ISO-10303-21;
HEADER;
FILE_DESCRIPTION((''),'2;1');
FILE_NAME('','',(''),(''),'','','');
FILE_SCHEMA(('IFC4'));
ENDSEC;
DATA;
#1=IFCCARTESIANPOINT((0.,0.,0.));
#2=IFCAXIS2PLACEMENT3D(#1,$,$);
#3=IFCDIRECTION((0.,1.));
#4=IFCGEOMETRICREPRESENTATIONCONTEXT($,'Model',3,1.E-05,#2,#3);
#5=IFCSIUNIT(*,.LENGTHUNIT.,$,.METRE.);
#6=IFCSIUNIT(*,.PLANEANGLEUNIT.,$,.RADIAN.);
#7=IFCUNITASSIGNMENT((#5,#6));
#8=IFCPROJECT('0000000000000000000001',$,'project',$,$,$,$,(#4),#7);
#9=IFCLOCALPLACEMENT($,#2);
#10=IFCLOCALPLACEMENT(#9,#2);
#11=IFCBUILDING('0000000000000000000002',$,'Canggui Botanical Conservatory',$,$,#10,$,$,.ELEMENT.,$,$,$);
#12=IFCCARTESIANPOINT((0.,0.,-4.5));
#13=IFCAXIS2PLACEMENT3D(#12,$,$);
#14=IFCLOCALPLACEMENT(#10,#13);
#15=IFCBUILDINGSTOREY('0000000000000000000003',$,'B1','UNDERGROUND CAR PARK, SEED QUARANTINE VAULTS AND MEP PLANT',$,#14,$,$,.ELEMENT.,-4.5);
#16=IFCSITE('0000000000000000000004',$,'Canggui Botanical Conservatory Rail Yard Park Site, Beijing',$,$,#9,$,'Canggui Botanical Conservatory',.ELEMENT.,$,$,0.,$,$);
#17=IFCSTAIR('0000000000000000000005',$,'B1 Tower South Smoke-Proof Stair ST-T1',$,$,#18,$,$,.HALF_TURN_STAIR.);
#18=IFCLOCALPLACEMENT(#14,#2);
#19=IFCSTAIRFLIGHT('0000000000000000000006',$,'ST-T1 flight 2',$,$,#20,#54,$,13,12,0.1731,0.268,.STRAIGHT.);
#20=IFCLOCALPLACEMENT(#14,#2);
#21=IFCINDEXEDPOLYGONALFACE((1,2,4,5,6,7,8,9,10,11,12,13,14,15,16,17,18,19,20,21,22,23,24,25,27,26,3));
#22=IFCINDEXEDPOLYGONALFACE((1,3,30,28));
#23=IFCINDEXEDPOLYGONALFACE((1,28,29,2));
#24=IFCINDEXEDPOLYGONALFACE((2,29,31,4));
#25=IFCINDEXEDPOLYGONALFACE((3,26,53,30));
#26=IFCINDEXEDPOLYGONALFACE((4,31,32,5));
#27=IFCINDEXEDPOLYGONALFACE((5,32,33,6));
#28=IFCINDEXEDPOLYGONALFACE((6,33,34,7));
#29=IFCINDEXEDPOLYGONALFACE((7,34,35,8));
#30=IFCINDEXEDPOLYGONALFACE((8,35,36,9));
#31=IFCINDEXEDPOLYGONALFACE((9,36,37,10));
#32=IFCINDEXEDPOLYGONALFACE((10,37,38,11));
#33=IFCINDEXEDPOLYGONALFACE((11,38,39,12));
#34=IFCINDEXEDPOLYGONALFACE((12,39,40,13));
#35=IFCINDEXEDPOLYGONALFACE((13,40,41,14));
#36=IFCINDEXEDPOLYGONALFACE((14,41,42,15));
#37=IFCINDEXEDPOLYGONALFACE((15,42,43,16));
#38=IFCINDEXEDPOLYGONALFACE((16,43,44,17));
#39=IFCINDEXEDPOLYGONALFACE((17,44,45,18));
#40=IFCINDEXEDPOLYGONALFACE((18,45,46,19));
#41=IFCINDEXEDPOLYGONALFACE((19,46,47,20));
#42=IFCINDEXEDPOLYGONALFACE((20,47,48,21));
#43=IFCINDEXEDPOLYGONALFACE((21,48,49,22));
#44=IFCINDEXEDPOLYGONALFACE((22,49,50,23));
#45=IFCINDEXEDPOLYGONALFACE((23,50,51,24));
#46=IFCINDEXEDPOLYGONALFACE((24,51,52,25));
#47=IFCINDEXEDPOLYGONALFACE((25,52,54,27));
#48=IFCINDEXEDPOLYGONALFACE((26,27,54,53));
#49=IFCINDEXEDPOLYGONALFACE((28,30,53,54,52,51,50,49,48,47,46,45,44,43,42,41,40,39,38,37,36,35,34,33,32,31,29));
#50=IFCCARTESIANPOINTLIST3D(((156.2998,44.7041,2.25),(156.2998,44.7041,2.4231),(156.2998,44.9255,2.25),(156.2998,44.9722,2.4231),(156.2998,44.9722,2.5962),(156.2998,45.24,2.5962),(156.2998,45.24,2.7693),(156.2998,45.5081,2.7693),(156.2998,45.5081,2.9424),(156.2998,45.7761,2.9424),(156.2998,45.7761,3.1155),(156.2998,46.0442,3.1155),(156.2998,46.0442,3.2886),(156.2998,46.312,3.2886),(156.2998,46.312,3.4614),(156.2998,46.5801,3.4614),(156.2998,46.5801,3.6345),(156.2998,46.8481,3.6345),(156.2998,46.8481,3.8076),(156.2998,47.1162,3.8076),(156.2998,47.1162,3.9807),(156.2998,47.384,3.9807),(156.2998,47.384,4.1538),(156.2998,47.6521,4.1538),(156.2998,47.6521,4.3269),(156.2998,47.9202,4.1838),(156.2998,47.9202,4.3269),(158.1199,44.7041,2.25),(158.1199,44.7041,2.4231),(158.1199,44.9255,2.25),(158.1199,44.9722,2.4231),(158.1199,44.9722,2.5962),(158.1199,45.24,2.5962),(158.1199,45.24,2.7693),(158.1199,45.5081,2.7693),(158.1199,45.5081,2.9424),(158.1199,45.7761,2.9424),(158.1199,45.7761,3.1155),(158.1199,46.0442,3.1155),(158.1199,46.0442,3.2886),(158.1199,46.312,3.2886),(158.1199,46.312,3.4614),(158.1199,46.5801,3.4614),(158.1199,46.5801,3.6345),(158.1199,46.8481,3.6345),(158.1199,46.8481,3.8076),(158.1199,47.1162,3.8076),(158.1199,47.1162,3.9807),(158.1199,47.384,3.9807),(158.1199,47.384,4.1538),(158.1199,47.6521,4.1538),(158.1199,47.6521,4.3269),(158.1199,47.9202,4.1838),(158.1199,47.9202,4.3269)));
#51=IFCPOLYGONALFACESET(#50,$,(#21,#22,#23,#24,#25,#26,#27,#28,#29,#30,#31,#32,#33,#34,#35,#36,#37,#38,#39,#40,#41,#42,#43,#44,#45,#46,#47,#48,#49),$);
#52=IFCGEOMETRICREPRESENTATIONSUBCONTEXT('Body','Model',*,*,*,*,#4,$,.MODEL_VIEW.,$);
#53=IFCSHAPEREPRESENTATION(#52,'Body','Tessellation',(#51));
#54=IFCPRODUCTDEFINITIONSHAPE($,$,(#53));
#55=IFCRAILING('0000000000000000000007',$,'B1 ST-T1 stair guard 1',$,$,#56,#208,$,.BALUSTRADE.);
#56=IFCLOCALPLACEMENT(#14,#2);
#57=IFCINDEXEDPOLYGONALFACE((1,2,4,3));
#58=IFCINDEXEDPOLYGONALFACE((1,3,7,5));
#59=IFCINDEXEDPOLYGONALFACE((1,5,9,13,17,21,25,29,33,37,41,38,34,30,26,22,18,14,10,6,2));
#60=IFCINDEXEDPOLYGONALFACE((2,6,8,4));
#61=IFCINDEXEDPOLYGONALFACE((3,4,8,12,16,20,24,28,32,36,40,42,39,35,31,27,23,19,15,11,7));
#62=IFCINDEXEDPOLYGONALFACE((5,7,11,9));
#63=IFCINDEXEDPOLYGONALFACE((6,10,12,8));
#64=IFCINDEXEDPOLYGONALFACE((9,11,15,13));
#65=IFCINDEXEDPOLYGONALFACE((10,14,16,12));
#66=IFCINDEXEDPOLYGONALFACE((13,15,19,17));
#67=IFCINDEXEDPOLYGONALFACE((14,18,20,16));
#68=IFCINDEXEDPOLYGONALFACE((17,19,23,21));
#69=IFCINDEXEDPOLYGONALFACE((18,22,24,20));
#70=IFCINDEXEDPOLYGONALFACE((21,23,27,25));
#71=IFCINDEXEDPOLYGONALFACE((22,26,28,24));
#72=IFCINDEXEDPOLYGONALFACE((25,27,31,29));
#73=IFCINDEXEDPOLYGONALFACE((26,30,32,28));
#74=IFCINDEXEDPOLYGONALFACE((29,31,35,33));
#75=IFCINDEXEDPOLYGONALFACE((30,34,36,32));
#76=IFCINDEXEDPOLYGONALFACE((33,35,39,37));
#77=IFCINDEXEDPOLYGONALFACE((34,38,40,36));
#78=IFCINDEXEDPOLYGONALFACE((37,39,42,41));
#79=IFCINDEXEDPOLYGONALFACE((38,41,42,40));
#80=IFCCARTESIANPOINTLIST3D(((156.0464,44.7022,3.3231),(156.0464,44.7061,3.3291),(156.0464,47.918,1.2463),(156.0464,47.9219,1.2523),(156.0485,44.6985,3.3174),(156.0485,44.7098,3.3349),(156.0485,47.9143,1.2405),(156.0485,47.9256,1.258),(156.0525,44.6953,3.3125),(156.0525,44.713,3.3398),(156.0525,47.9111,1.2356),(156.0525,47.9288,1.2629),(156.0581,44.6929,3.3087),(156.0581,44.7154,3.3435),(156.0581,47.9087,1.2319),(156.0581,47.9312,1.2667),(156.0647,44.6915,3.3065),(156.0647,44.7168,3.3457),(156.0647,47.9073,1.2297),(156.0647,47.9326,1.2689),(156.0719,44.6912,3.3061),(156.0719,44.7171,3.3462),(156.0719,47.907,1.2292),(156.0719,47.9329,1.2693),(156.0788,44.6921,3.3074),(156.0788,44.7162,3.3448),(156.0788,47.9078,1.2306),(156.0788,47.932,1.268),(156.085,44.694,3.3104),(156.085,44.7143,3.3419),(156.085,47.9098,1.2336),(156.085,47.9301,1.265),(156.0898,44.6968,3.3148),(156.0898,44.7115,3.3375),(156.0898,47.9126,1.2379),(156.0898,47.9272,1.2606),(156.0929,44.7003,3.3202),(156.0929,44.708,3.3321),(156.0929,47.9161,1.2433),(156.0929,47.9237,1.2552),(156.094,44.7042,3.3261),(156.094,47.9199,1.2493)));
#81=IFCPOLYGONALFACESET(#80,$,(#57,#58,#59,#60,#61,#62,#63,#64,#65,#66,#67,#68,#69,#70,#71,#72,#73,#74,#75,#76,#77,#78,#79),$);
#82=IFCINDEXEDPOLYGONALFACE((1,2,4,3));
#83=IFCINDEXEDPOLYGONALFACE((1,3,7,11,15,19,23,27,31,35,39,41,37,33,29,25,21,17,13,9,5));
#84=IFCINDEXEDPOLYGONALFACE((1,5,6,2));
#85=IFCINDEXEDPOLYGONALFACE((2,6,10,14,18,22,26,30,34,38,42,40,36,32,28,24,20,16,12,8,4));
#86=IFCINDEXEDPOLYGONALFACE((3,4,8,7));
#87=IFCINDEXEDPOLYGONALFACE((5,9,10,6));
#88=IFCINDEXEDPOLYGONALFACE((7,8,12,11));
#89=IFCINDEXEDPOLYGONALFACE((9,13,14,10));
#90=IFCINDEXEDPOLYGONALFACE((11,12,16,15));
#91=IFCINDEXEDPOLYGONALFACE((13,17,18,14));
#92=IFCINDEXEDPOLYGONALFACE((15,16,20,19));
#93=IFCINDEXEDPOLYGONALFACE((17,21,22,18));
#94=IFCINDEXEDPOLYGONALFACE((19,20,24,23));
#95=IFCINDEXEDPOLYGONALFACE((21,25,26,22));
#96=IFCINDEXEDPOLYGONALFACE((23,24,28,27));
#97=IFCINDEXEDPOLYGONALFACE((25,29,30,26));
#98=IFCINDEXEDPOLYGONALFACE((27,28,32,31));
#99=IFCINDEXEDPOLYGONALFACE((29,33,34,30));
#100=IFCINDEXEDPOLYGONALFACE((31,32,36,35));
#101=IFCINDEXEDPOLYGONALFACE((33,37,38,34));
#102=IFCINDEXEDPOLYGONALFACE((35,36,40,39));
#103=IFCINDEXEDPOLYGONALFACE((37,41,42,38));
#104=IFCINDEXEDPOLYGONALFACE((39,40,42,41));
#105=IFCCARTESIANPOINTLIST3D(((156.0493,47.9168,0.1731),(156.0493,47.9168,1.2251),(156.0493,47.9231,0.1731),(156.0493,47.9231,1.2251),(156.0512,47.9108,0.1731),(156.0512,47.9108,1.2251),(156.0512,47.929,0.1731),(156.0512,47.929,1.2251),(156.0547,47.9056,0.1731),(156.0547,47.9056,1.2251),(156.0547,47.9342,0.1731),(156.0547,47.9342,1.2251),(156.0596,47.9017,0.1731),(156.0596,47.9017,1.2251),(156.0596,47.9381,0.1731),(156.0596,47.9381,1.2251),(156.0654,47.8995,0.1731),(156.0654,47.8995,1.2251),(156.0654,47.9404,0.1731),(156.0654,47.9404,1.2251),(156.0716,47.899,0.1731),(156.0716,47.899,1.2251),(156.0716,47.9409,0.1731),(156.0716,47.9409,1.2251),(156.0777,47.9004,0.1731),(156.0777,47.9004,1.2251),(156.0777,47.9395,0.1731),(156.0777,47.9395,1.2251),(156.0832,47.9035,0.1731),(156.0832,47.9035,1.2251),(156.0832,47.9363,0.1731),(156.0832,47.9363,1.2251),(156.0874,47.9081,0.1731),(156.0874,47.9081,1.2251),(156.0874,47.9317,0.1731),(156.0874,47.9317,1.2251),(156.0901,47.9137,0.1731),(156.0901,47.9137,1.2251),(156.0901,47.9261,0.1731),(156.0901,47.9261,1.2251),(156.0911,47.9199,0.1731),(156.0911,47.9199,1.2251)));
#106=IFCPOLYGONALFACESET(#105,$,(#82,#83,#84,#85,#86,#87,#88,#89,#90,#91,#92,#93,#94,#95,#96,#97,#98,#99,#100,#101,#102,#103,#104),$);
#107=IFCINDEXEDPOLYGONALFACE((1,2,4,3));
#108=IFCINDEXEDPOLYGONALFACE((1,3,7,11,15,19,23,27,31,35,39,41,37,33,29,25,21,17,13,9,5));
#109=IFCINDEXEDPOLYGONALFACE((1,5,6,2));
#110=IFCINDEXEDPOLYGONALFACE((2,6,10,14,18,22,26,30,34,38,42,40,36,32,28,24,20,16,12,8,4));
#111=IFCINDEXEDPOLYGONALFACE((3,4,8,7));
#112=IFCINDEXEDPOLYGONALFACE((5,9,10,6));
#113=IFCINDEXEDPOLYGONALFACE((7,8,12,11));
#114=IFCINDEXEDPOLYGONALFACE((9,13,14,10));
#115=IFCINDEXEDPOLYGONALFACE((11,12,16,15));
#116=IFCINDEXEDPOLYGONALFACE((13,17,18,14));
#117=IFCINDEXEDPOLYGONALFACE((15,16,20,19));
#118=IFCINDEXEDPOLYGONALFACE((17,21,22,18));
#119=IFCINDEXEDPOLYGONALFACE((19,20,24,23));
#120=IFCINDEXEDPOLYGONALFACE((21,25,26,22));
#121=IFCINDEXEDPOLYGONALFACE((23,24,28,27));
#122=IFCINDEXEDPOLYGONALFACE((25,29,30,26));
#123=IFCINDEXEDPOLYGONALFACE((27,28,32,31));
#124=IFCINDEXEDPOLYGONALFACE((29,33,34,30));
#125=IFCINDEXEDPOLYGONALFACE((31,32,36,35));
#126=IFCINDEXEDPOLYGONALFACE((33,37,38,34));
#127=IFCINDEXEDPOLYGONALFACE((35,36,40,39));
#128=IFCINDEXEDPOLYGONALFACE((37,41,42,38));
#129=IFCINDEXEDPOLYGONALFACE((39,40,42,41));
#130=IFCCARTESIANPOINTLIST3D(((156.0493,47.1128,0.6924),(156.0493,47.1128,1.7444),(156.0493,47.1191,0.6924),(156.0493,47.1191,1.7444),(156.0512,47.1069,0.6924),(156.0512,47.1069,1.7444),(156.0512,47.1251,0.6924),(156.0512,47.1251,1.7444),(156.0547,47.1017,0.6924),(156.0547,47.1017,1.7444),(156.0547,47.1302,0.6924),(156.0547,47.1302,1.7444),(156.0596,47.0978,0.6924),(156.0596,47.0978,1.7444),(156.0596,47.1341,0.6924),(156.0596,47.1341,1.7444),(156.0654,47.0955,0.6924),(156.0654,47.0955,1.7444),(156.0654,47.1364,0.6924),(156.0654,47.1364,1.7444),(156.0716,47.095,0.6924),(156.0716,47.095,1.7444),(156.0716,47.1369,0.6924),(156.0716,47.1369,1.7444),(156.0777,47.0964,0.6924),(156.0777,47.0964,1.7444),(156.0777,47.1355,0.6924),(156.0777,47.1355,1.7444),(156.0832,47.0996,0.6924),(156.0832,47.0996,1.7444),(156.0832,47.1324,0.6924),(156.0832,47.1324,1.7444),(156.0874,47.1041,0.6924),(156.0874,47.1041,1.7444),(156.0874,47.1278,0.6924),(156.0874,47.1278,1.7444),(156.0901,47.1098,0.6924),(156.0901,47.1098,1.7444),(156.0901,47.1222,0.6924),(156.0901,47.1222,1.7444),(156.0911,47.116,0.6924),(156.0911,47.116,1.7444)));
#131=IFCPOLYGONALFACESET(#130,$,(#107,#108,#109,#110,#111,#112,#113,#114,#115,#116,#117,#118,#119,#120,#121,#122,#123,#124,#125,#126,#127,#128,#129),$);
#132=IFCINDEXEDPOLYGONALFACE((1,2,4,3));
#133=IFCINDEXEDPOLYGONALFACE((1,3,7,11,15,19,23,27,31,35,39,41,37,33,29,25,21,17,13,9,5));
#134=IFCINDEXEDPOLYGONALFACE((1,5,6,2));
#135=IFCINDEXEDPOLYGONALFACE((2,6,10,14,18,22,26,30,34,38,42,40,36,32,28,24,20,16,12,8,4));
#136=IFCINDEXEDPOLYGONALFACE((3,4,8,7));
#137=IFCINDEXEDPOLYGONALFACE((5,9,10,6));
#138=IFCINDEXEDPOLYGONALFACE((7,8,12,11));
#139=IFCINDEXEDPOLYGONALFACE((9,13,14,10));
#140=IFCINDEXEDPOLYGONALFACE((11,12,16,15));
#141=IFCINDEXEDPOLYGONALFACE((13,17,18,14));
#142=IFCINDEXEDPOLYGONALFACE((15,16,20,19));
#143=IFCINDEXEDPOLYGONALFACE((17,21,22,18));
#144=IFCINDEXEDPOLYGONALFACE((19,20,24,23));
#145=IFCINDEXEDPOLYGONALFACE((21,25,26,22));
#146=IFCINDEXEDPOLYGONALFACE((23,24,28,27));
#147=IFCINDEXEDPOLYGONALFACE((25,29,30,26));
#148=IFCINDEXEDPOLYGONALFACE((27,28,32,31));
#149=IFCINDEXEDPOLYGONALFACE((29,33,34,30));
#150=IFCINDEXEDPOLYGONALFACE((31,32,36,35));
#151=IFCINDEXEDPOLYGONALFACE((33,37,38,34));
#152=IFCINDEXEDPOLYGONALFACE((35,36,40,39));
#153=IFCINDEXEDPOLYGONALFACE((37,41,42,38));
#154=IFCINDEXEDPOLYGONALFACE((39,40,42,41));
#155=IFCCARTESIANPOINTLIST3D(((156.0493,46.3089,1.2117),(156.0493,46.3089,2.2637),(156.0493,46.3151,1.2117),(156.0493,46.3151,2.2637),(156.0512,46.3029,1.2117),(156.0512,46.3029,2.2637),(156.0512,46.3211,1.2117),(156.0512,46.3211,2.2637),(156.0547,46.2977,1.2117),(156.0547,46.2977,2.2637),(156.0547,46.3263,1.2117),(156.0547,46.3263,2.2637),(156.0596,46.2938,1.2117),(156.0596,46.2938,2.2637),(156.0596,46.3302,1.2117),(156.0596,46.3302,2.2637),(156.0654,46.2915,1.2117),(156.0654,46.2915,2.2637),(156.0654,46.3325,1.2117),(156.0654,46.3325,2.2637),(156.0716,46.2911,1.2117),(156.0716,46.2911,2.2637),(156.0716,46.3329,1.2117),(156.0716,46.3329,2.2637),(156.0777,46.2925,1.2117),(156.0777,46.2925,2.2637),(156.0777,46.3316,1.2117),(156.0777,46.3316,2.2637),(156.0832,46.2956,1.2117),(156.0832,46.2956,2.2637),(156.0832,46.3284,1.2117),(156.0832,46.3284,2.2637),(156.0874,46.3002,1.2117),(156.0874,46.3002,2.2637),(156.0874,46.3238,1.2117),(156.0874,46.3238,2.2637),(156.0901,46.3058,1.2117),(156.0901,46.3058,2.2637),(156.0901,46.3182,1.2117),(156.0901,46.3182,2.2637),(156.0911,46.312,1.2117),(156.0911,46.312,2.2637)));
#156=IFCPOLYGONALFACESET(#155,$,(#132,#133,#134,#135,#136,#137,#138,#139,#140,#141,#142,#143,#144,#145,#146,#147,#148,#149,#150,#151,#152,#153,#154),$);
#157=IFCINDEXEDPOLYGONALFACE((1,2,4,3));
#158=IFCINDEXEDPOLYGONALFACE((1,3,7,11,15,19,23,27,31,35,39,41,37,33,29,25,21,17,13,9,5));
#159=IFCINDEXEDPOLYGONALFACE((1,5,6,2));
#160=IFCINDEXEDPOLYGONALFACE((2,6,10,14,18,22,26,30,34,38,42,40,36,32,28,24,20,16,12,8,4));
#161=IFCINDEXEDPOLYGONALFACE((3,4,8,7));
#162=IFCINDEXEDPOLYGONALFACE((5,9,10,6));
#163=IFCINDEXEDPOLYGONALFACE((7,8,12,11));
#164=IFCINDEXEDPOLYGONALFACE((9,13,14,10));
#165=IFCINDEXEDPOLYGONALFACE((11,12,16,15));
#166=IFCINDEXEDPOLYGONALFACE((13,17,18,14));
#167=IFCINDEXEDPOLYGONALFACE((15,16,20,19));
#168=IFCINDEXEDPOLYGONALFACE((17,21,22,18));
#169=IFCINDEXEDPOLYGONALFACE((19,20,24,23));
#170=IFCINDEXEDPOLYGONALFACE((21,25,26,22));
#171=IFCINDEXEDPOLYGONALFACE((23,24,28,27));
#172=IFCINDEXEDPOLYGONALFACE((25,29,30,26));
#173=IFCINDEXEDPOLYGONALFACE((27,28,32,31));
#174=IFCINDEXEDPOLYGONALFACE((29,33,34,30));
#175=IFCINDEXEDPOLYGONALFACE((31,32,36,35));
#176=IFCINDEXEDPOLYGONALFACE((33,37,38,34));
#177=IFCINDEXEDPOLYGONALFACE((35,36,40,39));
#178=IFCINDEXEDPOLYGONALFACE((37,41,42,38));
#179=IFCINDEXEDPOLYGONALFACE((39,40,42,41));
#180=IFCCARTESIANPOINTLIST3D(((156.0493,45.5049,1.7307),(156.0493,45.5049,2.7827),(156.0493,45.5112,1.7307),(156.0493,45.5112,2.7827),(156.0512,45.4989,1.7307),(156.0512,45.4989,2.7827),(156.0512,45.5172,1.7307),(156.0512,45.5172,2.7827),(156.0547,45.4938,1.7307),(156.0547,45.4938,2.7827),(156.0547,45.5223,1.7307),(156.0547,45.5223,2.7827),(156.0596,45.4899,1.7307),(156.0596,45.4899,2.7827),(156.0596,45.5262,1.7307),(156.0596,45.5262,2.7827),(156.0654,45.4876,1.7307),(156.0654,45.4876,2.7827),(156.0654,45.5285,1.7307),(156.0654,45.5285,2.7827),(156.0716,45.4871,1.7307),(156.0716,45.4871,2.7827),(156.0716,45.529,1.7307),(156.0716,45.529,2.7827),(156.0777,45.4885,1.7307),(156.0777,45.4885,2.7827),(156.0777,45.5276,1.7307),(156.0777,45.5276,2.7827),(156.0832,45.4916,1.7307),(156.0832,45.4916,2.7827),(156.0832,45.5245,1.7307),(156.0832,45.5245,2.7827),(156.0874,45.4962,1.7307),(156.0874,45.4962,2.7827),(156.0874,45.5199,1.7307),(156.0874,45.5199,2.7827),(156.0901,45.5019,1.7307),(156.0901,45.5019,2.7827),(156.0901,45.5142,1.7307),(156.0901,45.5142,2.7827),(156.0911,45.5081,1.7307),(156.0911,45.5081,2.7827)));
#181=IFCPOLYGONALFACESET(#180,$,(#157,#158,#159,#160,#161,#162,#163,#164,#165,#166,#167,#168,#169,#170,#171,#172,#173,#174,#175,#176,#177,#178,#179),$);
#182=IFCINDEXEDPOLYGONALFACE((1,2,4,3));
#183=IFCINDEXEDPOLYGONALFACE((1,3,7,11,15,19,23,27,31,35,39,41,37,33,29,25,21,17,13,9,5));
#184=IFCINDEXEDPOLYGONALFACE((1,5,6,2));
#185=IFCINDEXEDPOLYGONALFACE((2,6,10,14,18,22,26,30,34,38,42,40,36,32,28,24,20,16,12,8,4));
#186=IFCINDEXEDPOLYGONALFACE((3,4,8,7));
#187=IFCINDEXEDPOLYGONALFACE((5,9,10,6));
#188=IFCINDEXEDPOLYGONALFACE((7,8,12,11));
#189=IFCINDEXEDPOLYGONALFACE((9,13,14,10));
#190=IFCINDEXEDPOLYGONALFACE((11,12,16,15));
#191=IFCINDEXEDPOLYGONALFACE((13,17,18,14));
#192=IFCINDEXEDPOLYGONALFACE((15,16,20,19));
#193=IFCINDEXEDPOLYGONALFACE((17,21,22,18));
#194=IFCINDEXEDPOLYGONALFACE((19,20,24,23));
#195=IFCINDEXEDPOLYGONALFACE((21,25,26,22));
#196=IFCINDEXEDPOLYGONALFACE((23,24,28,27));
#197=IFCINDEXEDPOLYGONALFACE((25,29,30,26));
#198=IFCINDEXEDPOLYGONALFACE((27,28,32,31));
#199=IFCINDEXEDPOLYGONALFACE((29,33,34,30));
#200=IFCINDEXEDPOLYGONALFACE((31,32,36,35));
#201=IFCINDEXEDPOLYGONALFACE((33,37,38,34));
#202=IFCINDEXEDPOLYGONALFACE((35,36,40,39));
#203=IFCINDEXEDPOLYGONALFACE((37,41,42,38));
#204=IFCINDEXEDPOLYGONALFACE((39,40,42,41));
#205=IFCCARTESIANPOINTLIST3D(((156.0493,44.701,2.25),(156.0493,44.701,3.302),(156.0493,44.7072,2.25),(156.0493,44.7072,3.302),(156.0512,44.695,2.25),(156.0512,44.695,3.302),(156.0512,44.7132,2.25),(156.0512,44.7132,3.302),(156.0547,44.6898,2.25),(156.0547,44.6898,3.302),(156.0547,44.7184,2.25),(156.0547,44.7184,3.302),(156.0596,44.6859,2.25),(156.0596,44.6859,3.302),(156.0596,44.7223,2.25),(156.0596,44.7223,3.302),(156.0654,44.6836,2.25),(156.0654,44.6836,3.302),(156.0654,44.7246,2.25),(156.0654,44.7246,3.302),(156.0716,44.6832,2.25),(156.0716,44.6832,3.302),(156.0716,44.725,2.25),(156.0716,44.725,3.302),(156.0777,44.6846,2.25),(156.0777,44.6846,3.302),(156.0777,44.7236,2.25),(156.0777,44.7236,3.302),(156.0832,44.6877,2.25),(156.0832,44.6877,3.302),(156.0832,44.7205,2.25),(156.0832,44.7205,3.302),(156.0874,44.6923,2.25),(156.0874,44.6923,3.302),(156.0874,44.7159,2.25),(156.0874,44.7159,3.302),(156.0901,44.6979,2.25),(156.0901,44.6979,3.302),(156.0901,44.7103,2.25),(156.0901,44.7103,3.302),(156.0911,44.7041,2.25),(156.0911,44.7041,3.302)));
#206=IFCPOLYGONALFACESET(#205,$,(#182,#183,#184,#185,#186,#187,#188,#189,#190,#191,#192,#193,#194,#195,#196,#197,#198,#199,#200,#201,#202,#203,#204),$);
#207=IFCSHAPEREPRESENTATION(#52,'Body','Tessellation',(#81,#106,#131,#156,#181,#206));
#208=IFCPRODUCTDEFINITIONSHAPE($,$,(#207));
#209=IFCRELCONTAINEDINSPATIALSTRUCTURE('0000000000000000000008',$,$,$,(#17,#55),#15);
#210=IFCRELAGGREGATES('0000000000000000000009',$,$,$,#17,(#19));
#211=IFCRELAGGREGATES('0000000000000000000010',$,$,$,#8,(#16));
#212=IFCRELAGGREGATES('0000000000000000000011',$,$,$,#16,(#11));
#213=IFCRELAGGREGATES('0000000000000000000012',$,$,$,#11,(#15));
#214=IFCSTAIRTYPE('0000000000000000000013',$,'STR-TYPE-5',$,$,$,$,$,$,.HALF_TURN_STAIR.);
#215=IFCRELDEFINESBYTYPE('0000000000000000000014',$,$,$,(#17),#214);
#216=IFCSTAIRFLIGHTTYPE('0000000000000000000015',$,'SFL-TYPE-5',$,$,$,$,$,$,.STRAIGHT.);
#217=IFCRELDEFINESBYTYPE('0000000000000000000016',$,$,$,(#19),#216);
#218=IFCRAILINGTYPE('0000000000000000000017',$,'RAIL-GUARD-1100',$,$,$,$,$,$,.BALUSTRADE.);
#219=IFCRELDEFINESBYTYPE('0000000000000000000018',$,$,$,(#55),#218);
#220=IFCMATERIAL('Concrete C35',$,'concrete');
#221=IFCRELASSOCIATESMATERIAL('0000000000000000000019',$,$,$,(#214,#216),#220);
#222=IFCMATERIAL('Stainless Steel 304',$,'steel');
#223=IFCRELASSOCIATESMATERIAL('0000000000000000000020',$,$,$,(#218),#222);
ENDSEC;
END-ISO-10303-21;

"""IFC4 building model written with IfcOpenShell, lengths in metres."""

from ifc_helpers import new_model, si_unit, direction, frame, origin, origin_2d, place, context, subcontext, project, spatial, polyline, circle, outline, extrude, material, type_object, element, aggregate, save


model = new_model("IFC4")

# Units and contexts
model_context = context("Model", 3, precision=1e-05, world=origin(), true_north=direction((0.0, 1.0)))
body_context = subcontext(model_context, "Body", "Model", "MODEL_VIEW")
ifc_project = project(units=[si_unit("LENGTHUNIT", "METRE"), si_unit("PLANEANGLEUNIT", "RADIAN")], contexts=[model_context])

# Site, building, storey
site_placement = place(None, origin())
site = spatial("IfcSite", under=ifc_project, at=site_placement, Name="Canggui Botanical Conservatory Rail Yard Park Site, Beijing", LongName="Canggui Botanical Conservatory", CompositionType="ELEMENT", RefElevation=0.0)
building_placement = place(site_placement, origin())
building = spatial("IfcBuilding", under=site, at=building_placement, Name="Canggui Botanical Conservatory", CompositionType="ELEMENT")
storey_placement = place(building_placement, frame((0.0, 0.0, -4.5)))
storey = spatial("IfcBuildingStorey", under=building, at=storey_placement, Name="B1", Description="UNDERGROUND CAR PARK, SEED QUARANTINE VAULTS AND MEP PLANT", CompositionType="ELEMENT", Elevation=-4.5)

# Shared definitions
ifc_material_1 = material(Name="Concrete C35", Category="concrete")

# Shared definitions
ifc_material_2 = material(Name="Stainless Steel 304", Category="steel")

# Stair, stair flight
stair_type = type_object("IfcStairType", Name="STR-TYPE-5", PredefinedType="HALF_TURN_STAIR", material=ifc_material_1)
stair_placement = place(storey_placement, origin())
stair = element("IfcStair", 1, at=stair_placement, inside=storey, type_object=stair_type, Name="B1 Tower South Smoke-Proof Stair ST-T1", PredefinedType="HALF_TURN_STAIR")
stair_flight_type = type_object("IfcStairFlightType", Name="SFL-TYPE-5", PredefinedType="STRAIGHT", material=ifc_material_1)
stair_flight_1_placement = place(storey_placement, frame((157.21, 44.7041, 2.25), z_axis=(0.0, 0.0, 1.0), x_axis=(0.0, 1.0, 0.0)))
stair_flight_1 = element("IfcStairFlight", 2, at=stair_flight_1_placement, type_object=stair_flight_type, Name="ST-T1 flight 2", NumberOfRisers=13, NumberOfTreads=12, PredefinedType="STRAIGHT", RiserHeight=0.1731, TreadLength=0.268, context=body_context, shape_type="SweptSolid", body=[
    extrude(outline(polyline([(0.0, 0.0), (0.0, 0.1731), (0.2681, 0.1731), (0.2681, 0.3462), (0.5359, 0.3462), (0.5359, 0.5193), (0.804, 0.5193), (0.804, 0.6924), (1.072, 0.6924), (1.072, 0.8655), (1.3401, 0.8655), (1.3401, 1.0386), (1.6079, 1.0386), (1.6079, 1.2114), (1.876, 1.2114), (1.876, 1.3845), (2.144, 1.3845), (2.144, 1.5576), (2.4121, 1.5576), (2.4121, 1.7307), (2.6799, 1.7307), (2.6799, 1.9038), (2.948, 1.9038), (2.948, 2.0769), (3.2161, 2.0769), (3.2161, 2.25), (3.2161, 1.9338), (0.2214, 0.0), (0.0, 0.0)])), frame((0.0, 0.9102, 0.0), z_axis=(0.0, -1.0, 0.0), x_axis=(1.0, 0.0, 0.0)), (0.0, 0.0, 1.0), 1.8201),
])
aggregate(stair, [stair_flight_1])

# Railing
railing_type_1 = type_object("IfcRailingType", Name="RAIL-GUARD-1100", PredefinedType="BALUSTRADE", material=ifc_material_2)
railing_1_placement = place(storey_placement, frame((156.0701, 47.9199, 0.1731)))
element("IfcRailing", 3, at=railing_1_placement, inside=storey, type_object=railing_type_1, Name="B1 ST-T1 stair guard 1", PredefinedType="BALUSTRADE", context=body_context, shape_type="SweptSolid", body=[
    extrude(circle(Radius=0.0239, at=origin_2d()), frame((0.0, 0.0, 1.0762), z_axis=(0.0, -0.840037, 0.542529), x_axis=(1.0, 0.0, 0.0)), (0.0, 0.0, 1.0), 3.8281),
    extrude(circle(Radius=0.021, at=origin_2d()), origin(), (0.0, 0.0, 1.0), 1.052),
    extrude(circle(Radius=0.021, at=origin_2d()), frame((0.0, -0.804, 0.5193)), (0.0, 0.0, 1.0), 1.052),
    extrude(circle(Radius=0.021, at=origin_2d()), frame((0.0, -1.6079, 1.0386)), (0.0, 0.0, 1.0), 1.052),
    extrude(circle(Radius=0.021, at=origin_2d()), frame((0.0, -2.4119, 1.5576)), (0.0, 0.0, 1.0), 1.052),
    extrude(circle(Radius=0.021, at=origin_2d()), frame((0.0, -3.2158, 2.0769)), (0.0, 0.0, 1.0), 1.052),
])

save(model, "model.ifc")
